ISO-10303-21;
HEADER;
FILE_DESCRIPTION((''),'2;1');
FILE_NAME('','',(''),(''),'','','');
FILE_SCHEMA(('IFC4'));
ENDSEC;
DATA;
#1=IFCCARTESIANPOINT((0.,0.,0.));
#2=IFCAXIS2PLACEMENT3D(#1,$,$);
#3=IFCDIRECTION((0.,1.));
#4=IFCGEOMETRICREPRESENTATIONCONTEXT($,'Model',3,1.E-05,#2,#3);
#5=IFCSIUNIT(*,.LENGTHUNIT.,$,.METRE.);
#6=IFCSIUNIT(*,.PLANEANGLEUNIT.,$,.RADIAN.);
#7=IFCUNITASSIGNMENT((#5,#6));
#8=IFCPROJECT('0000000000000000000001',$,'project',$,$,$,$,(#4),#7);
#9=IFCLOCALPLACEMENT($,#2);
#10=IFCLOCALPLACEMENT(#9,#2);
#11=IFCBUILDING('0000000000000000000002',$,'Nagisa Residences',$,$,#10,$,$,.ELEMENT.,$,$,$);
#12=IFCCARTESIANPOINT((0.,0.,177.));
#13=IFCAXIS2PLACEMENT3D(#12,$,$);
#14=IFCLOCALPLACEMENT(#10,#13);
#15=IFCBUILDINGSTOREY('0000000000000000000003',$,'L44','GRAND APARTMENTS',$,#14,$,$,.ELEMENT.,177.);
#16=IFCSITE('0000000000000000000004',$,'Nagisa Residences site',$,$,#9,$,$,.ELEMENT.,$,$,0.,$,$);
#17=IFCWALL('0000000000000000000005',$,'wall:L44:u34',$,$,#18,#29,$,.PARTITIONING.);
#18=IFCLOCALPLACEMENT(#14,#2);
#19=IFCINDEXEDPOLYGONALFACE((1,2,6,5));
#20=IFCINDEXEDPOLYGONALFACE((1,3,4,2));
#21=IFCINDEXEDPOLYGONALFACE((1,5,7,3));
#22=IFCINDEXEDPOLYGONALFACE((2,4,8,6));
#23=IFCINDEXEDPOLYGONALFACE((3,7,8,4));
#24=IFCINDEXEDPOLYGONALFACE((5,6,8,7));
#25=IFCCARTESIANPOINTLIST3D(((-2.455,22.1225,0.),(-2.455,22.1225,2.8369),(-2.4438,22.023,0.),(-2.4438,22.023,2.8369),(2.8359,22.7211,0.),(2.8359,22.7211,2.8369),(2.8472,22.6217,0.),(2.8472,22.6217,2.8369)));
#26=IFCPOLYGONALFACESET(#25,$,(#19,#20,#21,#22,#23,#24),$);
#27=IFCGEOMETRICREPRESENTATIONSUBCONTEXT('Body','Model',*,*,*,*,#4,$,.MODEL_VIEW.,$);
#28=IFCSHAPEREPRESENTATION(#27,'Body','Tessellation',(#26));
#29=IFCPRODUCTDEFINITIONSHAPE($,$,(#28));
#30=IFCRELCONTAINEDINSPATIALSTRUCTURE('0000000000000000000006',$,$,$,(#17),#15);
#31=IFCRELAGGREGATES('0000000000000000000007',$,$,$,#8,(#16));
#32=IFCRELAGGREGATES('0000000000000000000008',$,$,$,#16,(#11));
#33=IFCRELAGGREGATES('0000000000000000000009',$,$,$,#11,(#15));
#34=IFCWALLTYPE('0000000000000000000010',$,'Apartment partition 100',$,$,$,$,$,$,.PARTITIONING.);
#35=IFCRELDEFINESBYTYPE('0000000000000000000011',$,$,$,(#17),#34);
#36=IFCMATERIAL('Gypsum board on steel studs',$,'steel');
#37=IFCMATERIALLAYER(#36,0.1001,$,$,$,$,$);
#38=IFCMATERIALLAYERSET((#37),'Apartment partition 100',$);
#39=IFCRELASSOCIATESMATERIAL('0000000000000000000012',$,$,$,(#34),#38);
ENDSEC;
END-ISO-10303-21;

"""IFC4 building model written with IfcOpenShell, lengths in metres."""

from ifc_helpers import new_model, si_unit, direction, frame, frame_2d, origin, place, context, subcontext, project, spatial, rectangle, extrude, material, layer, layer_set, type_object, element, save


model = new_model("IFC4")

# Units and contexts
model_context = context("Model", 3, precision=1e-05, world=origin(), true_north=direction((0.0, 1.0)))
body_context = subcontext(model_context, "Body", "Model", "MODEL_VIEW")
ifc_project = project(units=[si_unit("LENGTHUNIT", "METRE"), si_unit("PLANEANGLEUNIT", "RADIAN")], contexts=[model_context])

# Site, building, storey
site_placement = place(None, origin())
site = spatial("IfcSite", under=ifc_project, at=site_placement, Name="Nagisa Residences site", CompositionType="ELEMENT", RefElevation=0.0)
building_placement = place(site_placement, origin())
building = spatial("IfcBuilding", under=site, at=building_placement, Name="Nagisa Residences", CompositionType="ELEMENT")
storey_placement = place(building_placement, frame((0.0, 0.0, 177.0)))
storey = spatial("IfcBuildingStorey", under=building, at=storey_placement, Name="L44", Description="GRAND APARTMENTS", CompositionType="ELEMENT", Elevation=177.0)

# Shared definitions
ifc_material_1 = material(Name="Gypsum board on steel studs", Category="steel")
ifc_layer_1 = layer(ifc_material_1, 0.1001)
ifc_layer_set_1 = layer_set([ifc_layer_1], Name="Apartment partition 100")
wall_type_1 = type_object("IfcWallType", Name="Apartment partition 100", PredefinedType="PARTITIONING", material=ifc_layer_set_1)

# Wall
wall_1_placement = place(storey_placement, frame((2.8416, 22.6714, 0.0), z_axis=(0.0, 0.0, 1.0), x_axis=(-0.99366, -0.112424, 0.0)))
element("IfcWall", 1, at=wall_1_placement, inside=storey, type_object=wall_type_1, Name="wall:L44:u34", PredefinedType="PARTITIONING", context=body_context, shape_type="SweptSolid", body=[
    extrude(rectangle(XDim=5.3247, YDim=0.1001, at=frame_2d((2.6624, 0.0))), origin(), (0.0, 0.0, 1.0), 2.8369),
])

save(model, "model.ifc")
